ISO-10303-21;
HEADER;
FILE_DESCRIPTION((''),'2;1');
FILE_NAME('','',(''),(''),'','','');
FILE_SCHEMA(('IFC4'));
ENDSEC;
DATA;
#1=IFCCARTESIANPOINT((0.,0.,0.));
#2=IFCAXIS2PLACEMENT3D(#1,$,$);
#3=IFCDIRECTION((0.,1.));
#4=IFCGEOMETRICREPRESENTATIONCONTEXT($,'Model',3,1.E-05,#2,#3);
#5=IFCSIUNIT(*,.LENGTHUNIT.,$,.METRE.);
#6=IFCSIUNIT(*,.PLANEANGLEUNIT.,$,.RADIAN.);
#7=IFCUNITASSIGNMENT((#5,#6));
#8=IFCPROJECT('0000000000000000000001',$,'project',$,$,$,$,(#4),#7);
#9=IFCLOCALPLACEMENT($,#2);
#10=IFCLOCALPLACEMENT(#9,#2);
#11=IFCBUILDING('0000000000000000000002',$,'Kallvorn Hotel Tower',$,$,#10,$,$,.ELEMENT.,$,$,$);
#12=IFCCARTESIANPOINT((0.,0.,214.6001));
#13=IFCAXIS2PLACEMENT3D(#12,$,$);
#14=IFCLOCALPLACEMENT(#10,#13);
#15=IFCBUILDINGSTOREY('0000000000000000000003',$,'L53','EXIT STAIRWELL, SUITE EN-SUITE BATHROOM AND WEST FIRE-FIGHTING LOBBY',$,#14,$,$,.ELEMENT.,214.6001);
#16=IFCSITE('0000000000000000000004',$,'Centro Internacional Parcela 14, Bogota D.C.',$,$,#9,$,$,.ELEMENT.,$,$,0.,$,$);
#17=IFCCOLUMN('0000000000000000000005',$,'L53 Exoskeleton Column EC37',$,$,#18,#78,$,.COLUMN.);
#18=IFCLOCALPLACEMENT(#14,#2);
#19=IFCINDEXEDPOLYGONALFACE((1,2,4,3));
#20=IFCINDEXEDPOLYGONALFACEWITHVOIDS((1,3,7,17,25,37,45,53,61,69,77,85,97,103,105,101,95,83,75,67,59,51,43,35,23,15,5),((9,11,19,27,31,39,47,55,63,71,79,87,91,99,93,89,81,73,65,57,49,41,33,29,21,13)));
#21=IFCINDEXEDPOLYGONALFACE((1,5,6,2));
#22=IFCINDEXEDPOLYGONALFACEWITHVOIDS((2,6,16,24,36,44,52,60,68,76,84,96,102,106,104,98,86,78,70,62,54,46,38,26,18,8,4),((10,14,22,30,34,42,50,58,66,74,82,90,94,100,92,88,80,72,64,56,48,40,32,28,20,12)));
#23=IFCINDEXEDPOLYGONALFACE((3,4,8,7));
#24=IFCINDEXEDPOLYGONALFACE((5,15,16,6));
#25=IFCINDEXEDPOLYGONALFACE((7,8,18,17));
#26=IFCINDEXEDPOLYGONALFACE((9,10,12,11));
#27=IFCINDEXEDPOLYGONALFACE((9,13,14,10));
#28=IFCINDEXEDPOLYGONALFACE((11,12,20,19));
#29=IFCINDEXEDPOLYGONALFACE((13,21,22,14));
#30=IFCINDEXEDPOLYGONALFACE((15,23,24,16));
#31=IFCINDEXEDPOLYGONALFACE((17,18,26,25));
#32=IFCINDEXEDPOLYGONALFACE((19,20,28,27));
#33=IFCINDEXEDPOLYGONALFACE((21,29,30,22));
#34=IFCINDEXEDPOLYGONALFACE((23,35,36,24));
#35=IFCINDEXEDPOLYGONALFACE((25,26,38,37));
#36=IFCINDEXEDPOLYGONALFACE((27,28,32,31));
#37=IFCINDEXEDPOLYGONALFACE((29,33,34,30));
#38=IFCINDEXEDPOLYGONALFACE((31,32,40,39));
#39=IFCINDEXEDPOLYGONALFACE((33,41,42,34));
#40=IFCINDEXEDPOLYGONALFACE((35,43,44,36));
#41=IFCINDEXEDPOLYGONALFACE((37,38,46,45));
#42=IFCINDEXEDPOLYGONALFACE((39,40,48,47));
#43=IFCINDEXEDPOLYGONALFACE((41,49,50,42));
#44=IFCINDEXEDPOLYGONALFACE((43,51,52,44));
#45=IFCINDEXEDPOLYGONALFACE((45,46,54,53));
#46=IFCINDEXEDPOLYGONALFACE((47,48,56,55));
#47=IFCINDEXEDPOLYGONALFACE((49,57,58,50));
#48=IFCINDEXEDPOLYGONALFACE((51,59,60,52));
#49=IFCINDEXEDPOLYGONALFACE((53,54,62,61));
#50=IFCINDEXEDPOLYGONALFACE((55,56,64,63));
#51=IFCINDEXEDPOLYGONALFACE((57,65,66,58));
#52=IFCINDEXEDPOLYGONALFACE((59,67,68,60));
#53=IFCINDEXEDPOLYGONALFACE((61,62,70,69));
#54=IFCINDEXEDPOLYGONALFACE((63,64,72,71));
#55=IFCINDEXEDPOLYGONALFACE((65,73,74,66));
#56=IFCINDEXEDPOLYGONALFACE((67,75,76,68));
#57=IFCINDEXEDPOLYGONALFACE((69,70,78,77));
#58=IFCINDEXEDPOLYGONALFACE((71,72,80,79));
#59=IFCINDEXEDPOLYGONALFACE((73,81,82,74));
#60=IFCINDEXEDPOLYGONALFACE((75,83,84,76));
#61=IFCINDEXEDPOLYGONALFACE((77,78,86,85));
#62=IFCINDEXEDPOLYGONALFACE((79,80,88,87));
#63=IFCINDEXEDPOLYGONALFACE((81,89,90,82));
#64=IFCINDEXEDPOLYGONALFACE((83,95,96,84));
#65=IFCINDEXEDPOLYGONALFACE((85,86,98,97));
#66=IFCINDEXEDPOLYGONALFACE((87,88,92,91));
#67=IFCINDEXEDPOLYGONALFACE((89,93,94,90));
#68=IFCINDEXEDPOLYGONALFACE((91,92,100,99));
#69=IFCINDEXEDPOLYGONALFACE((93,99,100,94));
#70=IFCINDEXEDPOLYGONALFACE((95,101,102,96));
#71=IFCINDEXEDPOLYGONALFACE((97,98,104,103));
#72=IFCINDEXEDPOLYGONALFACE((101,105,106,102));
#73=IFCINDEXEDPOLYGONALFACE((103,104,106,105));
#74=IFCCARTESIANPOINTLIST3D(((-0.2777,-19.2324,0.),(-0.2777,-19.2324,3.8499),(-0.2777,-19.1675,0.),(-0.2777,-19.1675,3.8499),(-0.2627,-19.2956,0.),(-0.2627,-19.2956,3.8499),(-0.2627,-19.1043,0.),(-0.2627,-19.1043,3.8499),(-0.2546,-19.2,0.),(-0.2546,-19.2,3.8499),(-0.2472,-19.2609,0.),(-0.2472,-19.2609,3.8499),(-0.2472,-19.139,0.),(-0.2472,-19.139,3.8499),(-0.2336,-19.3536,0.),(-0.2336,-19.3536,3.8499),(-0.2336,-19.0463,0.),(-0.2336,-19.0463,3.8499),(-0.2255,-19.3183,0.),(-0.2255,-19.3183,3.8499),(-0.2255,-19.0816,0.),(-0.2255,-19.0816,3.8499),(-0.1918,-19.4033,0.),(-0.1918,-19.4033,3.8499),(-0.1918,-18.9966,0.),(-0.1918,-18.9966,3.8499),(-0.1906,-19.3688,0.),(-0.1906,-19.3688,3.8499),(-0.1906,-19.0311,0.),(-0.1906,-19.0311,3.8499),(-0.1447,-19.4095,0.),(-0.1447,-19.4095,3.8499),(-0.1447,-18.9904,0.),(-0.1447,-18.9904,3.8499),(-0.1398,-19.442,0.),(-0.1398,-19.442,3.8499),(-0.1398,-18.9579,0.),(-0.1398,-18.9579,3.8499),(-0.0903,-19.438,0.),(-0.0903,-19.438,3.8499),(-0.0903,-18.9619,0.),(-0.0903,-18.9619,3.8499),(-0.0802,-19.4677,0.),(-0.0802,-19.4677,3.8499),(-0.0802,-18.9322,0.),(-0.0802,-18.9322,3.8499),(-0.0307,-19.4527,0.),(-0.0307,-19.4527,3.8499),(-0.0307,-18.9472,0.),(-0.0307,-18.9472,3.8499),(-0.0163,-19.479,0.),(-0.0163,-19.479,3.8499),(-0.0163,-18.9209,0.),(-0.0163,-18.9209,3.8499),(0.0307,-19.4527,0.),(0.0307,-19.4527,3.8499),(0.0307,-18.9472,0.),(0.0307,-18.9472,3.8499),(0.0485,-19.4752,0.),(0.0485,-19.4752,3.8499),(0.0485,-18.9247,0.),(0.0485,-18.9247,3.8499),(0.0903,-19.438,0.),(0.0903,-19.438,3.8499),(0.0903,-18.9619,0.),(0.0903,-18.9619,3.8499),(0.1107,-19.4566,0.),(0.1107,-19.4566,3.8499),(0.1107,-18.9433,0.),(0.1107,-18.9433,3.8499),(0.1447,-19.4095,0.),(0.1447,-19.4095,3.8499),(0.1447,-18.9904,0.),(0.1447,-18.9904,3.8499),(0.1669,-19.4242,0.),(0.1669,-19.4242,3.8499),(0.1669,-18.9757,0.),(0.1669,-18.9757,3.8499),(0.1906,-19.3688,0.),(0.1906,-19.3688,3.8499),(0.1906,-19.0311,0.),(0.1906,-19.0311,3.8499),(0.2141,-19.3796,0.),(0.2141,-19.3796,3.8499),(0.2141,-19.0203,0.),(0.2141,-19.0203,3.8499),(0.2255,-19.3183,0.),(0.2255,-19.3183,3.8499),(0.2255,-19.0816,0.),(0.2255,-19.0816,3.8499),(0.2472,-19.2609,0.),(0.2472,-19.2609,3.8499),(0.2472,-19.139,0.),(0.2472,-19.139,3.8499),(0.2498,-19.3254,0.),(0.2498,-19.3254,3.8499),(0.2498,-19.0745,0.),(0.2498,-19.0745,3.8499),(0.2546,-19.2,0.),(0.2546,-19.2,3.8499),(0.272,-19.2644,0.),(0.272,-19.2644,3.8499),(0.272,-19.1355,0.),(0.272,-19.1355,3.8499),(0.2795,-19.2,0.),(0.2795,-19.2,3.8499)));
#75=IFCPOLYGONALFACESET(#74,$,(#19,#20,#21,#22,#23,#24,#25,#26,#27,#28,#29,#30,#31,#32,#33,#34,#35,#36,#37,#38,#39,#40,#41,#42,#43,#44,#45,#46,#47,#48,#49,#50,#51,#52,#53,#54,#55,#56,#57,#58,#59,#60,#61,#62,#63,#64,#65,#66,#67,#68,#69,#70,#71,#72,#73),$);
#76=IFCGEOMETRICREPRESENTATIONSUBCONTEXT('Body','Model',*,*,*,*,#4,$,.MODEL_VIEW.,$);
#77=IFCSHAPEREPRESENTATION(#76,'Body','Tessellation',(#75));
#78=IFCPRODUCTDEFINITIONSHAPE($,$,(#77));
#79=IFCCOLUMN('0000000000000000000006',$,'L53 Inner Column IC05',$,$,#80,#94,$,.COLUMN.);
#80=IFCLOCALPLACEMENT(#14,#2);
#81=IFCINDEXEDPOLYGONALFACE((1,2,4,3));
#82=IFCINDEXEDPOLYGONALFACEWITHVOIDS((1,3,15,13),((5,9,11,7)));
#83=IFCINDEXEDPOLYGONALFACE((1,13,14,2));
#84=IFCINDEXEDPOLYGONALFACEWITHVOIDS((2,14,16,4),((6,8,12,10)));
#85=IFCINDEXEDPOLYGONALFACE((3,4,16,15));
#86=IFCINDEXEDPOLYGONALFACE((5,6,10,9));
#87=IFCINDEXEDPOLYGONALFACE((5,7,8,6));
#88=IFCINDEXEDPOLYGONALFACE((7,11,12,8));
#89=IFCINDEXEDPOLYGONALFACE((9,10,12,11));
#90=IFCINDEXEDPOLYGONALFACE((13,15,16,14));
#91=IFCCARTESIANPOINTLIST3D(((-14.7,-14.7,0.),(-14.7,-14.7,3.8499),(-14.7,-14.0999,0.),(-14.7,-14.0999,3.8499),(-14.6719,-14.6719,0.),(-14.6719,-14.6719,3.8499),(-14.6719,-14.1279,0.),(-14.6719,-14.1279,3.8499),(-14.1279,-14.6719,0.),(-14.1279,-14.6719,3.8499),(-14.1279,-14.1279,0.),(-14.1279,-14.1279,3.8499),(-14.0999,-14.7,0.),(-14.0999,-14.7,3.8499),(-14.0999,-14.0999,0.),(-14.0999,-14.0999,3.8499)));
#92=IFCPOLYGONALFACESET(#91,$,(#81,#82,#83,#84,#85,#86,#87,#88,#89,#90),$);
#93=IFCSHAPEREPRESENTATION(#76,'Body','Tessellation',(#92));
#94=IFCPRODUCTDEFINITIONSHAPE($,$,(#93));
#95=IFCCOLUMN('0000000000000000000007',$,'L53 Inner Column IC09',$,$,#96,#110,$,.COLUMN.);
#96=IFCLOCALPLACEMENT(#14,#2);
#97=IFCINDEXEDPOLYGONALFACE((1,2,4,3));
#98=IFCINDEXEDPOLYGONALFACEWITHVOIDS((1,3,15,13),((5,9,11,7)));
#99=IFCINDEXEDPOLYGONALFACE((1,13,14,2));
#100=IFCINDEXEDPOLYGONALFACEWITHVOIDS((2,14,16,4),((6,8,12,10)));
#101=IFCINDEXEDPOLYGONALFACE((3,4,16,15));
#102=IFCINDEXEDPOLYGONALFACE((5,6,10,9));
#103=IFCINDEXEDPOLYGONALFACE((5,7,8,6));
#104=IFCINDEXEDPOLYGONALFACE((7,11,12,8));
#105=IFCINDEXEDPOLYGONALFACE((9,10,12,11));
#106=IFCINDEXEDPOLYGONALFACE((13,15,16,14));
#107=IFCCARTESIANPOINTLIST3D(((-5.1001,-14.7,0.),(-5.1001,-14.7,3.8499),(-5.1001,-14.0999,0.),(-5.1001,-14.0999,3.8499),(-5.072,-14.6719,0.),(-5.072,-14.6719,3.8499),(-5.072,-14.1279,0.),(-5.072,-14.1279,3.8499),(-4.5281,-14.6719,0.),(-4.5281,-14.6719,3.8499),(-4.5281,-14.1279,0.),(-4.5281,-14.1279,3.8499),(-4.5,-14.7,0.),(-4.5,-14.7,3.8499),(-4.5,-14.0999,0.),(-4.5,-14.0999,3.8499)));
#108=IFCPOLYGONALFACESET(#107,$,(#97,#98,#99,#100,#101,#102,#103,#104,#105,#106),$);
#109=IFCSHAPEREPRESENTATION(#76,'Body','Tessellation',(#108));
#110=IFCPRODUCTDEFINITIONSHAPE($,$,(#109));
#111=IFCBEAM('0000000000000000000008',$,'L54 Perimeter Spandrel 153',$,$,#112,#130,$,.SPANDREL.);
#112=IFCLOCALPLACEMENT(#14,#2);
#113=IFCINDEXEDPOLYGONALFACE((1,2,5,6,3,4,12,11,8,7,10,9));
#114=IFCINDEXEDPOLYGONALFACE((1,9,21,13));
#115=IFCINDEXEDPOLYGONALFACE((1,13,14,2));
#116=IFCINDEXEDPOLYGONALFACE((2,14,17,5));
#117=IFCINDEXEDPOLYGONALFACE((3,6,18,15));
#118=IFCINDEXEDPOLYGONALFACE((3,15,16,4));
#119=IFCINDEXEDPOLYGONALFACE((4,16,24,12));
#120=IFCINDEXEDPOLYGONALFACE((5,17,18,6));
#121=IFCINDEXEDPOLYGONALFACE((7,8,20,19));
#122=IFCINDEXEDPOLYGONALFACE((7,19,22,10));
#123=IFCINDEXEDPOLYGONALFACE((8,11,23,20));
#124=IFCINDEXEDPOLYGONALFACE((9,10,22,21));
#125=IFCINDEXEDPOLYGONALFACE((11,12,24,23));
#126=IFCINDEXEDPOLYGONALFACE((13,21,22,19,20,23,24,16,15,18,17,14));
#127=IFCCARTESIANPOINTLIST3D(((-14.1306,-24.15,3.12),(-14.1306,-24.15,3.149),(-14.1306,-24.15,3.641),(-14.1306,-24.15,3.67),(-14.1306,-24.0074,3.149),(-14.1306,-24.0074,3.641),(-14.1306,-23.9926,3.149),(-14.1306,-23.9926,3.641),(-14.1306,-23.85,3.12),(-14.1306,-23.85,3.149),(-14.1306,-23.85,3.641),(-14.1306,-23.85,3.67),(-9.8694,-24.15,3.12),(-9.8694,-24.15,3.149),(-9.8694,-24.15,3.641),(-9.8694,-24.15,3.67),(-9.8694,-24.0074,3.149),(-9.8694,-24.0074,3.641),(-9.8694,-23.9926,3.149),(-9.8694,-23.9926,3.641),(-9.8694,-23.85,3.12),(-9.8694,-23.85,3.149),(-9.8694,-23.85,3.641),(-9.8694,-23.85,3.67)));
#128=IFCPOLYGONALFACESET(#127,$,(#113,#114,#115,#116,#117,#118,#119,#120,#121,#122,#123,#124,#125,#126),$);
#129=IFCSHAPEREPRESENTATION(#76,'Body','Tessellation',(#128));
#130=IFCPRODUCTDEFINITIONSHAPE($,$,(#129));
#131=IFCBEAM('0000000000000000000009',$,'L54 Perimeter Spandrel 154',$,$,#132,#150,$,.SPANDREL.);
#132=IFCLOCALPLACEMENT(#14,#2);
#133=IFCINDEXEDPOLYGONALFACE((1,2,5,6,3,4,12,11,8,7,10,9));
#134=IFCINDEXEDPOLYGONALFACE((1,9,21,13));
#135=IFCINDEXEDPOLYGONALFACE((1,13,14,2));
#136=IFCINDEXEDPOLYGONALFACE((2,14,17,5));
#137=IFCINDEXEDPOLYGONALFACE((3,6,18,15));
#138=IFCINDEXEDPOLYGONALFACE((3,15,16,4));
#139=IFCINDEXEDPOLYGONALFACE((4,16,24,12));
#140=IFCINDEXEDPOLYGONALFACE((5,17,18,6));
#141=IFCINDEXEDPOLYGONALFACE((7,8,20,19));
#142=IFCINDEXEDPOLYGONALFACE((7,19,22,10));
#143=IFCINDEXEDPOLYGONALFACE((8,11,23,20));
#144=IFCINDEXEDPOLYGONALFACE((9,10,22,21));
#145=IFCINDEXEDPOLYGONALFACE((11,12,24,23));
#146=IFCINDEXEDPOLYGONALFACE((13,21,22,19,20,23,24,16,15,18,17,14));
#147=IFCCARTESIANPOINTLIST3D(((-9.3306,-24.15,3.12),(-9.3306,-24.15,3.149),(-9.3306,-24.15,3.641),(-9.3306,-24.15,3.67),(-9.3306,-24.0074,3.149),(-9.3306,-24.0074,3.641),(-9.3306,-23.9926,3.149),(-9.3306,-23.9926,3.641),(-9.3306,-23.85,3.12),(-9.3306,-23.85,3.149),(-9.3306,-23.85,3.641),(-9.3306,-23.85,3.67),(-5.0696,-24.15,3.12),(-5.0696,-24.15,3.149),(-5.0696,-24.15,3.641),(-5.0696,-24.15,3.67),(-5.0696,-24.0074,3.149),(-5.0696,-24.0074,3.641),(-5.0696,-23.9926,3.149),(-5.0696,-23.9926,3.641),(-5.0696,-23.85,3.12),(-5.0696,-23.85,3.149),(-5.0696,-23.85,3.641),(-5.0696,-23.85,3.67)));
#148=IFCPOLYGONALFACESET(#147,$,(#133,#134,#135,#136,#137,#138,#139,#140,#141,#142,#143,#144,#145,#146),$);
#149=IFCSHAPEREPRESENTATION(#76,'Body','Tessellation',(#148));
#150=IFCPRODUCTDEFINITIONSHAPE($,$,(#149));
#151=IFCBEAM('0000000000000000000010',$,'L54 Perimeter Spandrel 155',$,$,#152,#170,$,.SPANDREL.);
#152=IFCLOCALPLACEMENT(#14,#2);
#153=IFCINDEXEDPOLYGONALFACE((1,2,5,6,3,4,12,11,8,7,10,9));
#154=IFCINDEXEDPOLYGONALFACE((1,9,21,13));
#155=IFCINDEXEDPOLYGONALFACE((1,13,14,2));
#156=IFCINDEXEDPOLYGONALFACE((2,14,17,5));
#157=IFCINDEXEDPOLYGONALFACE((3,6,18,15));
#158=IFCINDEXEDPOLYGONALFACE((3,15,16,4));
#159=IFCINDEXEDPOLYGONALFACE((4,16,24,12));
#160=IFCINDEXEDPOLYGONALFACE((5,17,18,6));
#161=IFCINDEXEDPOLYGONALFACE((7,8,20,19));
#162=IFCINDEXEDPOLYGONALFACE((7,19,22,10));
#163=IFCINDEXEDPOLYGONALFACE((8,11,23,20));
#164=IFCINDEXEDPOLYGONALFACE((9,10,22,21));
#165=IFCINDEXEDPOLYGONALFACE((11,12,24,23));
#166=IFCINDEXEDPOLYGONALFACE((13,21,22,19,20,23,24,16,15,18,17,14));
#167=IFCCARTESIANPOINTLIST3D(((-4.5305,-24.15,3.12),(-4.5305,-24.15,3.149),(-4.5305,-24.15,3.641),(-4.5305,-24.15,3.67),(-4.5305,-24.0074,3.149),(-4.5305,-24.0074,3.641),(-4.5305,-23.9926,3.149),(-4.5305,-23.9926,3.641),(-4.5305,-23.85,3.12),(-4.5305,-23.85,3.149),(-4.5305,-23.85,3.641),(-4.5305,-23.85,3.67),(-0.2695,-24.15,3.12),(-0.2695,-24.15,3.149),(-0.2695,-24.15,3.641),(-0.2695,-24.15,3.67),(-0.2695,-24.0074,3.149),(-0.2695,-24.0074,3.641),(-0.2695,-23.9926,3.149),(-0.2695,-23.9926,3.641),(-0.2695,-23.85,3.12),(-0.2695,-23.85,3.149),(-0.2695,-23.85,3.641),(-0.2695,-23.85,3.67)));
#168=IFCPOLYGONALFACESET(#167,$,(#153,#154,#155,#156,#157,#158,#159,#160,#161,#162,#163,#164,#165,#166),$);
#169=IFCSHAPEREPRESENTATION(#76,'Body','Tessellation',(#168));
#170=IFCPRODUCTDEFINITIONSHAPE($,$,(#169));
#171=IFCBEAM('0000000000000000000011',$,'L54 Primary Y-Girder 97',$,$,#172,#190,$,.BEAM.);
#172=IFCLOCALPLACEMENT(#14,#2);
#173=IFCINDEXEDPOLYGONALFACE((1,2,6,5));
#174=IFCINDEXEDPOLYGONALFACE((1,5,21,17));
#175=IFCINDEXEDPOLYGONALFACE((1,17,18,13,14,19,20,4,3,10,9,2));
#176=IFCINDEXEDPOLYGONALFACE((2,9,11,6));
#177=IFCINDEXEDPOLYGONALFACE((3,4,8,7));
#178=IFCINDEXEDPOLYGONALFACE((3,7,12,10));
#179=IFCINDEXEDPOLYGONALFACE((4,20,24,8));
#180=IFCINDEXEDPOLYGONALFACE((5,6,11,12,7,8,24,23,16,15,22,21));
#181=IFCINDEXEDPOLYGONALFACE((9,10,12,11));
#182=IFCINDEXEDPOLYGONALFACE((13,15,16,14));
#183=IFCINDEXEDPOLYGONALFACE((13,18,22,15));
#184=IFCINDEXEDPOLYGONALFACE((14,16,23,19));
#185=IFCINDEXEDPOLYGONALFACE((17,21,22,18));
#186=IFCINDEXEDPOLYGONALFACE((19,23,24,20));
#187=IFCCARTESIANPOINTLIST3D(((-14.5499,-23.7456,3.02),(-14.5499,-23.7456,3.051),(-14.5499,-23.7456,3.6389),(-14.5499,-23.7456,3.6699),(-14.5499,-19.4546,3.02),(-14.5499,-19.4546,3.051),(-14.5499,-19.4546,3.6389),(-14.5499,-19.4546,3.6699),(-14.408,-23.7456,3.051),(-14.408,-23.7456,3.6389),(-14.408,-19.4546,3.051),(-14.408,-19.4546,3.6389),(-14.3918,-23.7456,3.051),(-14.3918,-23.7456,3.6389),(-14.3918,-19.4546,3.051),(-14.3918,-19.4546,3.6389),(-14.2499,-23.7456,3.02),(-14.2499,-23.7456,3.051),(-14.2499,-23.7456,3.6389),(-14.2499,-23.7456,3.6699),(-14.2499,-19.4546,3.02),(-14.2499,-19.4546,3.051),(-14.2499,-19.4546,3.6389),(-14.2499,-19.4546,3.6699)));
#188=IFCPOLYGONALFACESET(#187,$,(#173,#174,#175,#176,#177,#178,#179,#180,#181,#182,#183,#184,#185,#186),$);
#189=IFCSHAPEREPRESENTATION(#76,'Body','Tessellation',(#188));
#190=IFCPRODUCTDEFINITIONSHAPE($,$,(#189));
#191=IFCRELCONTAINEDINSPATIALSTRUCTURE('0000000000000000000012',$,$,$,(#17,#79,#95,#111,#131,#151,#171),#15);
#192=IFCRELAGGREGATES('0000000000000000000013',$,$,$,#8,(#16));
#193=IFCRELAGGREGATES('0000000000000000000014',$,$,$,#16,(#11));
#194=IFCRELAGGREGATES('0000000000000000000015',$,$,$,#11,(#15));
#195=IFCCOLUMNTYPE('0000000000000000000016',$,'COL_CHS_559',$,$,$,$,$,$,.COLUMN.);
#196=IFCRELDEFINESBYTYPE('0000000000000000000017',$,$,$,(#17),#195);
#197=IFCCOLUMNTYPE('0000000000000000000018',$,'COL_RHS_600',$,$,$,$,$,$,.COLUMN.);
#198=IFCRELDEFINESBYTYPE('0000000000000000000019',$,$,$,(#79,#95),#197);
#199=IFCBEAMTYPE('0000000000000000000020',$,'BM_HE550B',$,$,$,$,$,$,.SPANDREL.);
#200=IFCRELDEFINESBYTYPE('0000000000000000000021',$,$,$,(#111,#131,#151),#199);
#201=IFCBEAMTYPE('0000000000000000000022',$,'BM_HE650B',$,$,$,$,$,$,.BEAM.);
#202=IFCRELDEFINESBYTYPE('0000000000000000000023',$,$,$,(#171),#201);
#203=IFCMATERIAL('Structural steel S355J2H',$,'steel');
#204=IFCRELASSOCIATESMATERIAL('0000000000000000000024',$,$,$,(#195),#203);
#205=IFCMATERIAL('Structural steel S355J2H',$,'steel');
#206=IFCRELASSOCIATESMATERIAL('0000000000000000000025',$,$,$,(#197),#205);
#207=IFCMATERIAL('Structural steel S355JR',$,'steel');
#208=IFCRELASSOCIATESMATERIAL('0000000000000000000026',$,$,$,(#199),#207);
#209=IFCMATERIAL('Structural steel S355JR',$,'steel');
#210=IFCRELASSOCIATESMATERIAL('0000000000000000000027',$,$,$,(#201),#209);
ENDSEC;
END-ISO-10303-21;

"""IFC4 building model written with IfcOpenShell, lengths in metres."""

from ifc_helpers import new_model, si_unit, direction, frame, origin, origin_2d, place, context, subcontext, project, spatial, hollow_rectangle, hollow_circle, i_section, extrude, material, material_profile, profile_set, type_object, element, save


model = new_model("IFC4")

# Units and contexts
model_context = context("Model", 3, precision=1e-05, world=origin(), true_north=direction((0.0, 1.0)))
body_context = subcontext(model_context, "Body", "Model", "MODEL_VIEW")
ifc_project = project(units=[si_unit("LENGTHUNIT", "METRE"), si_unit("PLANEANGLEUNIT", "RADIAN")], contexts=[model_context])

# Site, building, storey
site_placement = place(None, origin())
site = spatial("IfcSite", under=ifc_project, at=site_placement, Name="Centro Internacional Parcela 14, Bogota D.C.", CompositionType="ELEMENT", RefElevation=0.0)
building_placement = place(site_placement, origin())
building = spatial("IfcBuilding", under=site, at=building_placement, Name="Kallvorn Hotel Tower", CompositionType="ELEMENT")
storey_placement = place(building_placement, frame((0.0, 0.0, 214.6001)))
storey = spatial("IfcBuildingStorey", under=building, at=storey_placement, Name="L53", Description="EXIT STAIRWELL, SUITE EN-SUITE BATHROOM AND WEST FIRE-FIGHTING LOBBY", CompositionType="ELEMENT", Elevation=214.6001)

# Columns
ifc_material_1 = material(Name="Structural steel S355J2H", Category="steel")
ifc_material_profile_1 = material_profile(ifc_material_1, hollow_circle(Radius=0.2795, WallThickness=0.0249, at=origin_2d()), Name="CHS 559x25")
ifc_profile_set_1 = profile_set([ifc_material_profile_1], Name="Structural steel S355J2H")
column_type_1 = type_object("IfcColumnType", Name="COL_CHS_559", PredefinedType="COLUMN", material=ifc_profile_set_1)
for number, where, z_axis, x_axis, name in (
    (1, (0.0, -19.2, 0.0), (0.0, 0.0, 1.0), (1.0, 0.0, 0.0), "L53 Exoskeleton Column EC37"),
):
    element("IfcColumn", number, at=place(storey_placement, frame(where, z_axis=z_axis, x_axis=x_axis)), inside=storey, type_object=column_type_1, Name=name, PredefinedType="COLUMN", context=body_context, shape_type="SweptSolid", body=[
        extrude(hollow_circle(Radius=0.2795, WallThickness=0.0249, at=origin_2d()), origin(), (0.0, 0.0, 1.0), 3.8499),
    ])
ifc_material_2 = material(Name="Structural steel S355J2H", Category="steel")
ifc_material_profile_2 = material_profile(ifc_material_2, hollow_rectangle(XDim=0.6001, YDim=0.6001, WallThickness=0.0281, at=origin_2d()), Name="RHS 600x600x28")
ifc_profile_set_2 = profile_set([ifc_material_profile_2], Name="Structural steel S355J2H")
column_type_2 = type_object("IfcColumnType", Name="COL_RHS_600", PredefinedType="COLUMN", material=ifc_profile_set_2)
for number, where, z_axis, x_axis, name in (
    (2, (-14.3999, -14.3999, 0.0), (0.0, 0.0, 1.0), (1.0, 0.0, 0.0), "L53 Inner Column IC05"),
    (3, (-4.8, -14.3999, 0.0), (0.0, 0.0, 1.0), (1.0, 0.0, 0.0), "L53 Inner Column IC09"),
):
    element("IfcColumn", number, at=place(storey_placement, frame(where, z_axis=z_axis, x_axis=x_axis)), inside=storey, type_object=column_type_2, Name=name, PredefinedType="COLUMN", context=body_context, shape_type="SweptSolid", body=[
        extrude(hollow_rectangle(XDim=0.6001, YDim=0.6001, WallThickness=0.0281, at=origin_2d()), origin(), (0.0, 0.0, 1.0), 3.8499),
    ])

# Beams
ifc_material_3 = material(Name="Structural steel S355JR", Category="steel")
ifc_material_profile_3 = material_profile(ifc_material_3, i_section(OverallWidth=0.3, OverallDepth=0.55, WebThickness=0.0149, FlangeThickness=0.0291, at=origin_2d()), Name="HE 550 B")
ifc_profile_set_3 = profile_set([ifc_material_profile_3], Name="Structural steel S355JR")
beam_type_1 = type_object("IfcBeamType", Name="BM_HE550B", PredefinedType="SPANDREL", material=ifc_profile_set_3)
beam_1_placement = place(storey_placement, frame((-14.1306, -24.0, 3.395), z_axis=(1.0, 0.0, 0.0), x_axis=(0.0, 1.0, 0.0)))
element("IfcBeam", 4, at=beam_1_placement, inside=storey, type_object=beam_type_1, Name="L54 Perimeter Spandrel 153", PredefinedType="SPANDREL", context=body_context, shape_type="SweptSolid", body=[
    extrude(i_section(OverallWidth=0.3, OverallDepth=0.55, WebThickness=0.0149, FlangeThickness=0.0291, at=origin_2d()), origin(), (0.0, 0.0, 1.0), 4.2612),
])
for number, where, z_axis, x_axis, name in (
    (5, (-9.3306, -24.0, 3.395), (1.0, 0.0, 0.0), (0.0, 1.0, 0.0), "L54 Perimeter Spandrel 154"),
    (6, (-4.5305, -24.0, 3.395), (1.0, 0.0, 0.0), (0.0, 1.0, 0.0), "L54 Perimeter Spandrel 155"),
):
    element("IfcBeam", number, at=place(storey_placement, frame(where, z_axis=z_axis, x_axis=x_axis)), inside=storey, type_object=beam_type_1, Name=name, PredefinedType="SPANDREL", context=body_context, shape_type="SweptSolid", body=[
        extrude(i_section(OverallWidth=0.3, OverallDepth=0.55, WebThickness=0.0149, FlangeThickness=0.0291, at=origin_2d()), origin(), (0.0, 0.0, 1.0), 4.261),
    ])
ifc_material_4 = material(Name="Structural steel S355JR", Category="steel")
ifc_material_profile_4 = material_profile(ifc_material_4, i_section(OverallWidth=0.3, OverallDepth=0.6499, WebThickness=0.0161, FlangeThickness=0.031, at=origin_2d()), Name="HE 650 B")
ifc_profile_set_4 = profile_set([ifc_material_profile_4], Name="Structural steel S355JR")
beam_type_2 = type_object("IfcBeamType", Name="BM_HE650B", PredefinedType="BEAM", material=ifc_profile_set_4)
beam_2_placement = place(storey_placement, frame((-14.3999, -23.7456, 3.345), z_axis=(0.0, 1.0, 0.0), x_axis=(-1.0, 0.0, 0.0)))
element("IfcBeam", 7, at=beam_2_placement, inside=storey, type_object=beam_type_2, Name="L54 Primary Y-Girder 97", PredefinedType="BEAM", context=body_context, shape_type="SweptSolid", body=[
    extrude(i_section(OverallWidth=0.3, OverallDepth=0.6499, WebThickness=0.0161, FlangeThickness=0.031, at=origin_2d()), origin(), (0.0, 0.0, 1.0), 4.291),
])

save(model, "model.ifc")
